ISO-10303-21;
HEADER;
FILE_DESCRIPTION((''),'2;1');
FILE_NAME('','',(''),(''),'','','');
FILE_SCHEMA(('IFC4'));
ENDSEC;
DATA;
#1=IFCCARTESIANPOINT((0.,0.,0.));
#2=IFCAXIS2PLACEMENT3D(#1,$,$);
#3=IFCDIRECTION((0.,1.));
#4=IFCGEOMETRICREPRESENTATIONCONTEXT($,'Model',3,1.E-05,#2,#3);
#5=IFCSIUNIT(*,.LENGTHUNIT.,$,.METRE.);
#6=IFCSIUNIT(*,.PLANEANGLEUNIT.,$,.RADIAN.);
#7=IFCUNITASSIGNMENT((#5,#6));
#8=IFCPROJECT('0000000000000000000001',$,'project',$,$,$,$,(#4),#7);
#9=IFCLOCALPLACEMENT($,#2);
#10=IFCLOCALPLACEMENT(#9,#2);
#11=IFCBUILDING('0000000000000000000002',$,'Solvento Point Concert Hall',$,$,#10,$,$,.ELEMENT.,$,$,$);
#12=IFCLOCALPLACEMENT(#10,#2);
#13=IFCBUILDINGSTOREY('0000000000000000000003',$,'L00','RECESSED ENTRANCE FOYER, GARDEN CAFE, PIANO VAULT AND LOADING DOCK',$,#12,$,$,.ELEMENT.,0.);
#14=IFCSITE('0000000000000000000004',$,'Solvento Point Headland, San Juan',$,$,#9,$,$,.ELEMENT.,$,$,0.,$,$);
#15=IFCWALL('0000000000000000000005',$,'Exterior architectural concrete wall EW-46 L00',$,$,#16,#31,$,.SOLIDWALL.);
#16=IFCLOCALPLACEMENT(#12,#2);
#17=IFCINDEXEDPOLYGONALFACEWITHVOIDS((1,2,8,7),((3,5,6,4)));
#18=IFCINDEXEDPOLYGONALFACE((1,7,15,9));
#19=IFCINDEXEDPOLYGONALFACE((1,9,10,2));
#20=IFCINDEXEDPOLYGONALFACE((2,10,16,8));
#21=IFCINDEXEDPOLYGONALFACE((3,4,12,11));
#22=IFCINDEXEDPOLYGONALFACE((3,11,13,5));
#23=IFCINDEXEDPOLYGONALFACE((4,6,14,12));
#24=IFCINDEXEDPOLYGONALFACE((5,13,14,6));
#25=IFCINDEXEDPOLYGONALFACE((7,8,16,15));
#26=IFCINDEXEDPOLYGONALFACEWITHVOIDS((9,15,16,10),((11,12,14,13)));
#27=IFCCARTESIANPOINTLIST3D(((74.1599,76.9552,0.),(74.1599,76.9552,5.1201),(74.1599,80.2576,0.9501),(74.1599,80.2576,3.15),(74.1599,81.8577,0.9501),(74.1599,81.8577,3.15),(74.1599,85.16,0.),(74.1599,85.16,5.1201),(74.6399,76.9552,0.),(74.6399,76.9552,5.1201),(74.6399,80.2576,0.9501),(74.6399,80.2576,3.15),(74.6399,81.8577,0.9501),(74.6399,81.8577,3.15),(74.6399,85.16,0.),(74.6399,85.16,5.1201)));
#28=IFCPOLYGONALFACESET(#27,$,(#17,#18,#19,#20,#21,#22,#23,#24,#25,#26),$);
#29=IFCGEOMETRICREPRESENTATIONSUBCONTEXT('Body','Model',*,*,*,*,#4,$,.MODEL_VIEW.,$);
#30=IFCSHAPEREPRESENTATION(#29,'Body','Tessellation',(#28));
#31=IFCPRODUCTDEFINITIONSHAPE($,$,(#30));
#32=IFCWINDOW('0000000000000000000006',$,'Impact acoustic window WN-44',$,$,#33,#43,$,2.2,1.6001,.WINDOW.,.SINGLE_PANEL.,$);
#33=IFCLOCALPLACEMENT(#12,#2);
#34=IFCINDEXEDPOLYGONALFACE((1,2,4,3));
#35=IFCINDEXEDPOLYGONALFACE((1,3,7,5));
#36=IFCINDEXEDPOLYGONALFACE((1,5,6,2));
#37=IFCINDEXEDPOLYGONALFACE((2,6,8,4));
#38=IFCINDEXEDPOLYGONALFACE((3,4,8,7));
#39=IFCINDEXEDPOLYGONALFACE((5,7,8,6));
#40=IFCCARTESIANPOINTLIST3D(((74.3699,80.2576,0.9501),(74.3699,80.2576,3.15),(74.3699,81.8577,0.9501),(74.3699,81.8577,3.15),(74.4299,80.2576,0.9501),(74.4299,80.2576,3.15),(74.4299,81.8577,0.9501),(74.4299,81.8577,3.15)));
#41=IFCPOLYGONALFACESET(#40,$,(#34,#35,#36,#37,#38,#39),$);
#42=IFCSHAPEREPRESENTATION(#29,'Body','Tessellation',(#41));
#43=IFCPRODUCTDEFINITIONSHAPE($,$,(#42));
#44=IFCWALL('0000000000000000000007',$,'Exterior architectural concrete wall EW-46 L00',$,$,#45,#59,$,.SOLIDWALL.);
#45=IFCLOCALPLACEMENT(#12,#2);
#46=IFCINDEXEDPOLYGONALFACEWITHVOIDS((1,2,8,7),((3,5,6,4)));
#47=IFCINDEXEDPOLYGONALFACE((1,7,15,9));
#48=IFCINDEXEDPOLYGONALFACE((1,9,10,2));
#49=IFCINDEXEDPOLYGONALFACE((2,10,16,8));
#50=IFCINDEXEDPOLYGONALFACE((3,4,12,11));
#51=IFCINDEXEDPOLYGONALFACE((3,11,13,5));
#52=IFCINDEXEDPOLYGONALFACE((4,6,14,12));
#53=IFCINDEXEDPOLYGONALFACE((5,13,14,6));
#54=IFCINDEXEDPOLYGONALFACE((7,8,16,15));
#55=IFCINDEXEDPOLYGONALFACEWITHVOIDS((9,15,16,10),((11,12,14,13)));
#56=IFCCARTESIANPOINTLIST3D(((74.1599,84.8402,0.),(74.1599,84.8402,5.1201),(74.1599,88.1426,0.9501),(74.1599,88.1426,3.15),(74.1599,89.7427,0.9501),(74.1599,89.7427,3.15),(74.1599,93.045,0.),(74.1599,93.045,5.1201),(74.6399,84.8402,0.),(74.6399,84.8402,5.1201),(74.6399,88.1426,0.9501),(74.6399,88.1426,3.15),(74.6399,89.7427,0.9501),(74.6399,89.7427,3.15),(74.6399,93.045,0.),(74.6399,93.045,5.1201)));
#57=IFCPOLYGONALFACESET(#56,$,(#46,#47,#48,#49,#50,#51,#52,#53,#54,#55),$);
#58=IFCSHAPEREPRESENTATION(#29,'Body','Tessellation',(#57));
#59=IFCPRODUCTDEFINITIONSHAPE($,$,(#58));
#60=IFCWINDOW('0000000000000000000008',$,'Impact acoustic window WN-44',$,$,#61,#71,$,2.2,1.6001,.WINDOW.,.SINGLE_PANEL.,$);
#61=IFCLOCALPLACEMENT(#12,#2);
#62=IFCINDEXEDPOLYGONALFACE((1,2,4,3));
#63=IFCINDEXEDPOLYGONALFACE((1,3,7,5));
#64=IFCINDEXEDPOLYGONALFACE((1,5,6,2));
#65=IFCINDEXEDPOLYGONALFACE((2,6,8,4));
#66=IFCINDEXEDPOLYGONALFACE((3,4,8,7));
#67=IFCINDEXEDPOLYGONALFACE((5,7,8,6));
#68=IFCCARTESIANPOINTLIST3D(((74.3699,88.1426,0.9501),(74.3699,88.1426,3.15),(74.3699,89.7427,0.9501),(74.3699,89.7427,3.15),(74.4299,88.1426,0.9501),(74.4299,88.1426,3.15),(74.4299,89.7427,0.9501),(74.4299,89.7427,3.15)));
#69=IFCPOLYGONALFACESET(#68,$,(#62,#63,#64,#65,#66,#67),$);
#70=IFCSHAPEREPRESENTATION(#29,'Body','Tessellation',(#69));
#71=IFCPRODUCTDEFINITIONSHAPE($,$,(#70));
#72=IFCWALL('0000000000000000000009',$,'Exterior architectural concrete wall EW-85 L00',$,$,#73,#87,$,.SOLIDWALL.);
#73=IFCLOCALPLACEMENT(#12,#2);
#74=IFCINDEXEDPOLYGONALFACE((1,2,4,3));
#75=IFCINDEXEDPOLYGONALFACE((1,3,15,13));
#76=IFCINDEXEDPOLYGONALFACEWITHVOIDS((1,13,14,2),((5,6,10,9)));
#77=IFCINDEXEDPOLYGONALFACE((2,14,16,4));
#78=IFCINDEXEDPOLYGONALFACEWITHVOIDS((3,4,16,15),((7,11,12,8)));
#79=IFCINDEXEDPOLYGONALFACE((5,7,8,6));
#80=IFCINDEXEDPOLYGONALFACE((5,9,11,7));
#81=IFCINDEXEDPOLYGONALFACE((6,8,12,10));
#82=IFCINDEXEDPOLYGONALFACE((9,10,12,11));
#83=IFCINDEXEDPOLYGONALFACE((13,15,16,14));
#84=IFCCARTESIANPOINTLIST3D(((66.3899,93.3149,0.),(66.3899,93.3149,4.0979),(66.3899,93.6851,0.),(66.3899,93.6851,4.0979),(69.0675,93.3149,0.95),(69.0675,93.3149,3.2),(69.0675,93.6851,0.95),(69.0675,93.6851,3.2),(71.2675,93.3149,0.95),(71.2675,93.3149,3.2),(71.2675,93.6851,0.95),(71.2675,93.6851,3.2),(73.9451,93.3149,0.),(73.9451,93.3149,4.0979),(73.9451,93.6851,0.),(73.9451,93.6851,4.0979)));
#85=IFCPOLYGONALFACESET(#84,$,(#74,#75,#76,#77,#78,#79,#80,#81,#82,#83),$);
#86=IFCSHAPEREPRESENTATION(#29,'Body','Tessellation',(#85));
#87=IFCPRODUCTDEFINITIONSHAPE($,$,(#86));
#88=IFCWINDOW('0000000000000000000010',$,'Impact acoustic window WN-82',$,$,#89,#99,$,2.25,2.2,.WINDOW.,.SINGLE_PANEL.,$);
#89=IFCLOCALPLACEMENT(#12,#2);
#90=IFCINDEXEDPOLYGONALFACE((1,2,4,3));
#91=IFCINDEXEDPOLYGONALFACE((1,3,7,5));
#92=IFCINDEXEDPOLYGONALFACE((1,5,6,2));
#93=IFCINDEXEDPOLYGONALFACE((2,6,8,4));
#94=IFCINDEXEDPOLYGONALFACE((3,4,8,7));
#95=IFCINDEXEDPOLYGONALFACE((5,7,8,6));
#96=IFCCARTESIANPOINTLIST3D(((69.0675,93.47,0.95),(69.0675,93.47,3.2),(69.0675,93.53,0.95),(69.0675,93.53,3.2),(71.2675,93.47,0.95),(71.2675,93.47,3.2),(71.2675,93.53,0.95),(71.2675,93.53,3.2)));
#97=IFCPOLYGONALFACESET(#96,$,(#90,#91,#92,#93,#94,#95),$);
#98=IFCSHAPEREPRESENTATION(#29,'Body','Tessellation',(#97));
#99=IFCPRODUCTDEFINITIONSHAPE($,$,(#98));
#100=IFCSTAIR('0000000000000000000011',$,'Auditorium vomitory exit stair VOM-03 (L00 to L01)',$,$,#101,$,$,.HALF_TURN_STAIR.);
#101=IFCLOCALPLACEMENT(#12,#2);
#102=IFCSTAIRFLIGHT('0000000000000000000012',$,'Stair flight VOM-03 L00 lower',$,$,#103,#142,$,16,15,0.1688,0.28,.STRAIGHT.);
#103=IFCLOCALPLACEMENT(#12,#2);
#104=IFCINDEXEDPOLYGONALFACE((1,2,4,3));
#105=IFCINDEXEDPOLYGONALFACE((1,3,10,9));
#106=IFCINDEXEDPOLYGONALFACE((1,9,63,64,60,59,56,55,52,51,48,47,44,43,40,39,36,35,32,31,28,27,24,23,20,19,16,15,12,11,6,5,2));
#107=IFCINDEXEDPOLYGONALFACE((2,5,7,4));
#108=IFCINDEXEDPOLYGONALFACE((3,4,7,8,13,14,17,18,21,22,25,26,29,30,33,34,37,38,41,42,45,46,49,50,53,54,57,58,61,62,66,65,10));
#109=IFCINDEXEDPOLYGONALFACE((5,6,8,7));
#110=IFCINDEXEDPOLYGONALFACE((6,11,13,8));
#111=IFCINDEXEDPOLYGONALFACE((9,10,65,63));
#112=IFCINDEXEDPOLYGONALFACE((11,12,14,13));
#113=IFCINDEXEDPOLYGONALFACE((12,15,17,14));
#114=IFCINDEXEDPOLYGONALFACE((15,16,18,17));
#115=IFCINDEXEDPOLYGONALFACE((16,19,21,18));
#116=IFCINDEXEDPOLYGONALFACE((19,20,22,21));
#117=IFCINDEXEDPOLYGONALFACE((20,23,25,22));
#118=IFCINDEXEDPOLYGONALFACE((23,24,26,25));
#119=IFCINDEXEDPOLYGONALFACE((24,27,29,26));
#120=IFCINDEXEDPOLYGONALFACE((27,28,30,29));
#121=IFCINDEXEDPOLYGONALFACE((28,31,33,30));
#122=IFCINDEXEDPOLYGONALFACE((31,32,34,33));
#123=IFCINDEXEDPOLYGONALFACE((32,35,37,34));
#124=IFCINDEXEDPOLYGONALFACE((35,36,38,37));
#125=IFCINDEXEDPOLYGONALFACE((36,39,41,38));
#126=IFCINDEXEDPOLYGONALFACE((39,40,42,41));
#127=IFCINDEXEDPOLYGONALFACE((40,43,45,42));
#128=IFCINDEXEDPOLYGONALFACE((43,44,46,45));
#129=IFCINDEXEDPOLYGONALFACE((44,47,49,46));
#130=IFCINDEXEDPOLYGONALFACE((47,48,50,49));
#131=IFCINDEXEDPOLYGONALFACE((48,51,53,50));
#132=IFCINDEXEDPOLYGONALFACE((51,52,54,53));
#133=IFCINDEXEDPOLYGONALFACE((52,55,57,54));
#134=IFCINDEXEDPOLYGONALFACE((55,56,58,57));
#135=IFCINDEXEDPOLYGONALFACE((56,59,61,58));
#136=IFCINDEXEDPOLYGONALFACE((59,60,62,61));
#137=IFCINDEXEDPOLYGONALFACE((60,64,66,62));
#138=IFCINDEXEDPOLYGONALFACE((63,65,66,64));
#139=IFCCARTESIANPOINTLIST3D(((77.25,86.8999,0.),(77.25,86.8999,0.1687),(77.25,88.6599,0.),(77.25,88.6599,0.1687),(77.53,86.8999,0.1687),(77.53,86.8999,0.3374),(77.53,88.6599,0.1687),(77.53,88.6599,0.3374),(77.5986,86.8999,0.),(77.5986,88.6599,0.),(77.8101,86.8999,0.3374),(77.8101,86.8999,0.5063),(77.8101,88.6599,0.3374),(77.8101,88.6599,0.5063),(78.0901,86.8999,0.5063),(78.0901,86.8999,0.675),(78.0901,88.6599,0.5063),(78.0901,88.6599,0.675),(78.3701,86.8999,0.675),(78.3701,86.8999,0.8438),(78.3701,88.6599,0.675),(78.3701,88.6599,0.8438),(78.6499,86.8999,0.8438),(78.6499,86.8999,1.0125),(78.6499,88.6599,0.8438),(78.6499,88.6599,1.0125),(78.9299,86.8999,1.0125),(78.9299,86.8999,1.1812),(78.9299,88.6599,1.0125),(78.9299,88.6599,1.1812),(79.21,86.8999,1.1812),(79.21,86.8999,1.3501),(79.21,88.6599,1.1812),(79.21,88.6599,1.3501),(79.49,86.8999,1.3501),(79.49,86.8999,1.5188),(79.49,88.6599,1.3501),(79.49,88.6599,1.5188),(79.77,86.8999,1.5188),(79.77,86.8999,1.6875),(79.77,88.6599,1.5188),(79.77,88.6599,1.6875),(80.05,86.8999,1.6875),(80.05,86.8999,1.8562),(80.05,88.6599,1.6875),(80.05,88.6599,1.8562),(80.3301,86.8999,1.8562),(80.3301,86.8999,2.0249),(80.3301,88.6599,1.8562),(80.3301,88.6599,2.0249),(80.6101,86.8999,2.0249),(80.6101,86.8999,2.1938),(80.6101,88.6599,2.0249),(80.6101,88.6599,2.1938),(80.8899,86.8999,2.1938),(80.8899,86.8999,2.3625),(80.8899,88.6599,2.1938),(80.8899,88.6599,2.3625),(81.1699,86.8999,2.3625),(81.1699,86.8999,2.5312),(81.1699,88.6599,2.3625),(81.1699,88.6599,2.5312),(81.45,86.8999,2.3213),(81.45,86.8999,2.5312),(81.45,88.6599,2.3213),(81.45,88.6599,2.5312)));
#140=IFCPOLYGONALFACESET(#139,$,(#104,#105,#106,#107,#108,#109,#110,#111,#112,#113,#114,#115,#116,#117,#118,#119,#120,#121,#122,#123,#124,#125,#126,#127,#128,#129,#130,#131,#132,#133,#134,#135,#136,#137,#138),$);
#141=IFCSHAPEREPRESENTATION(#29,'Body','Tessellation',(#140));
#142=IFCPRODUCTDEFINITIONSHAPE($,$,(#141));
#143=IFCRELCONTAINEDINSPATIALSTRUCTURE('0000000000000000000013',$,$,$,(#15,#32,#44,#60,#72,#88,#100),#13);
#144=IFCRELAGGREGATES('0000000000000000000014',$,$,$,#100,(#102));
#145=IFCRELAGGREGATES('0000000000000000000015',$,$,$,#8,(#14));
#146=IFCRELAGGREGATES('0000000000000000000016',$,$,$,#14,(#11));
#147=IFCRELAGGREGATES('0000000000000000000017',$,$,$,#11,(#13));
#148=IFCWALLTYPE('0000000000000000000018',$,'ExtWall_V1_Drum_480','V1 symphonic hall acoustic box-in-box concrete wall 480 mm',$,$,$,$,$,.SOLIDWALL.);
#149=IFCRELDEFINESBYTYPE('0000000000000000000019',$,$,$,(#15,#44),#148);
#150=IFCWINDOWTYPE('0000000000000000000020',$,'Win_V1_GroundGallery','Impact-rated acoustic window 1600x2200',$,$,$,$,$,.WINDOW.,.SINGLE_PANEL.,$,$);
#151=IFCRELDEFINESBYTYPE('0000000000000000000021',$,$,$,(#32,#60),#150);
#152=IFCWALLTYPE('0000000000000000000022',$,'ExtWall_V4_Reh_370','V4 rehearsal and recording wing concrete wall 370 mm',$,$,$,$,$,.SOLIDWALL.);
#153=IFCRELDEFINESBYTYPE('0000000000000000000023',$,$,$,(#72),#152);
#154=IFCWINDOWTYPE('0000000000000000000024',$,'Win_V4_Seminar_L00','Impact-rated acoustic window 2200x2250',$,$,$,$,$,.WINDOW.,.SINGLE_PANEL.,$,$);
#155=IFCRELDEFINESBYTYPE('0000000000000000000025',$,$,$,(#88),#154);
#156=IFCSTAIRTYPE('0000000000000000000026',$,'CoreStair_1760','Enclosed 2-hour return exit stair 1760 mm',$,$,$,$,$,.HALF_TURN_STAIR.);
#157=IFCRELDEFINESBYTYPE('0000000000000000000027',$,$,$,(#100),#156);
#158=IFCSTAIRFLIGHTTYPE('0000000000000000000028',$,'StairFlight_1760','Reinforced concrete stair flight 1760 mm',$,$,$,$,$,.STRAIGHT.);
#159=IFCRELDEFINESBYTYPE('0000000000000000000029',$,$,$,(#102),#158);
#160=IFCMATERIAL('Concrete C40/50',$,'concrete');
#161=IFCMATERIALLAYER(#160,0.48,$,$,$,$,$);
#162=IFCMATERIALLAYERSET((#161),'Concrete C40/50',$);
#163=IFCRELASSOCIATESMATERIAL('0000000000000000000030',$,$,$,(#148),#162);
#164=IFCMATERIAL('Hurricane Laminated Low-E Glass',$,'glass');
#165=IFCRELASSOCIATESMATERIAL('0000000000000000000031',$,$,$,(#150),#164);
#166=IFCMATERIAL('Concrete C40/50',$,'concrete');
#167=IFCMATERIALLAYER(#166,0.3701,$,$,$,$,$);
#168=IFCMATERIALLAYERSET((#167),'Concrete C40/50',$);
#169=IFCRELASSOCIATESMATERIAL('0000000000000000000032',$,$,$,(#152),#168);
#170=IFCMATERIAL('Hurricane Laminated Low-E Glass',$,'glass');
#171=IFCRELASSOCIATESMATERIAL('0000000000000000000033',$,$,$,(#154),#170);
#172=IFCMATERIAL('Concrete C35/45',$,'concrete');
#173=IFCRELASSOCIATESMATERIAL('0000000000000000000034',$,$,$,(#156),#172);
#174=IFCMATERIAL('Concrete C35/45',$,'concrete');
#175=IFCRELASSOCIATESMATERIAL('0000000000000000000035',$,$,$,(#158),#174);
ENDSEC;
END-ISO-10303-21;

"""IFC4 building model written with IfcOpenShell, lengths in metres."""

from ifc_helpers import new_model, si_unit, direction, frame, frame_2d, origin, place, context, subcontext, project, spatial, polyline, rectangle, outline, extrude, material, layer, layer_set, type_object, element, fill, aggregate, save


model = new_model("IFC4")

# Units and contexts
model_context = context("Model", 3, precision=1e-05, world=origin(), true_north=direction((0.0, 1.0)))
body_context = subcontext(model_context, "Body", "Model", "MODEL_VIEW")
ifc_project = project(units=[si_unit("LENGTHUNIT", "METRE"), si_unit("PLANEANGLEUNIT", "RADIAN")], contexts=[model_context])

# Site, building, storey
site_placement = place(None, origin())
site = spatial("IfcSite", under=ifc_project, at=site_placement, Name="Solvento Point Headland, San Juan", CompositionType="ELEMENT", RefElevation=0.0)
building_placement = place(site_placement, origin())
building = spatial("IfcBuilding", under=site, at=building_placement, Name="Solvento Point Concert Hall", CompositionType="ELEMENT")
storey_placement = place(building_placement, origin())
storey = spatial("IfcBuildingStorey", under=building, at=storey_placement, Name="L00", Description="RECESSED ENTRANCE FOYER, GARDEN CAFE, PIANO VAULT AND LOADING DOCK", CompositionType="ELEMENT", Elevation=0.0)

# Walls, openings, windows
ifc_material_1 = material(Name="Concrete C40/50", Category="concrete")
ifc_layer_1 = layer(ifc_material_1, 0.48)
ifc_layer_set_1 = layer_set([ifc_layer_1], Name="Concrete C40/50")
wall_type_1 = type_object("IfcWallType", Name="ExtWall_V1_Drum_480", Description="V1 symphonic hall acoustic box-in-box concrete wall 480 mm", PredefinedType="SOLIDWALL", material=ifc_layer_set_1)
wall_1_placement = place(storey_placement, frame((74.3999, 76.9551, 0.0), z_axis=(0.0, 0.0, 1.0), x_axis=(0.0, 1.0, 0.0)))
wall_1 = element("IfcWall", 1, at=wall_1_placement, inside=storey, type_object=wall_type_1, Name="Exterior architectural concrete wall EW-46 L00", PredefinedType="SOLIDWALL", context=body_context, shape_type="SweptSolid", body=[
    extrude(rectangle(XDim=8.2048, YDim=0.48, at=frame_2d((4.1025, 0.0))), origin(), (0.0, 0.0, 1.0), 5.1201),
])
opening_1_placement = place(wall_1_placement, frame((3.3025, 0.0, 0.95)))
opening_1 = element("IfcOpeningElement", 2, at=opening_1_placement, cuts=wall_1, PredefinedType="OPENING", context=body_context, shape_type="SweptSolid", body=[
    extrude(rectangle(XDim=1.6001, YDim=2.2, at=frame_2d((0.8, 1.1001))), frame((0.0, 0.25, 0.0), z_axis=(0.0, -1.0, 0.0), x_axis=(1.0, 0.0, 0.0)), (0.0, 0.0, 1.0), 0.5),
])
ifc_material_2 = material(Name="Hurricane Laminated Low-E Glass", Category="glass")
window_type_1 = type_object("IfcWindowType", Name="Win_V1_GroundGallery", Description="Impact-rated acoustic window 1600x2200", PartitioningType="SINGLE_PANEL", PredefinedType="WINDOW", material=ifc_material_2)
window_1_placement = place(opening_1_placement, origin())
window_1 = element("IfcWindow", 3, at=window_1_placement, inside=storey, type_object=window_type_1, Name="Impact acoustic window WN-44", OverallHeight=2.2, OverallWidth=1.6001, PartitioningType="SINGLE_PANEL", PredefinedType="WINDOW", context=body_context, shape_type="SweptSolid", body=[
    extrude(rectangle(XDim=1.6001, YDim=2.2, at=frame_2d((0.8, 1.1001))), frame((0.0, 0.03, 0.0), z_axis=(0.0, -1.0, 0.0), x_axis=(1.0, 0.0, 0.0)), (0.0, 0.0, 1.0), 0.0601),
])
fill(opening_1, window_1)
wall_2_placement = place(storey_placement, frame((74.3999, 84.8401, 0.0), z_axis=(0.0, 0.0, 1.0), x_axis=(0.0, 1.0, 0.0)))
wall_2 = element("IfcWall", 4, at=wall_2_placement, inside=storey, type_object=wall_type_1, Name="Exterior architectural concrete wall EW-46 L00", PredefinedType="SOLIDWALL", context=body_context, shape_type="SweptSolid", body=[
    extrude(rectangle(XDim=8.2048, YDim=0.48, at=frame_2d((4.1025, 0.0))), origin(), (0.0, 0.0, 1.0), 5.1201),
])
opening_2_placement = place(wall_2_placement, frame((3.3025, 0.0, 0.95)))
opening_2 = element("IfcOpeningElement", 5, at=opening_2_placement, cuts=wall_2, PredefinedType="OPENING", context=body_context, shape_type="SweptSolid", body=[
    extrude(rectangle(XDim=1.6001, YDim=2.2, at=frame_2d((0.8, 1.1001))), frame((0.0, 0.25, 0.0), z_axis=(0.0, -1.0, 0.0), x_axis=(1.0, 0.0, 0.0)), (0.0, 0.0, 1.0), 0.5),
])
window_2_placement = place(opening_2_placement, origin())
window_2 = element("IfcWindow", 6, at=window_2_placement, inside=storey, type_object=window_type_1, Name="Impact acoustic window WN-44", OverallHeight=2.2, OverallWidth=1.6001, PartitioningType="SINGLE_PANEL", PredefinedType="WINDOW", context=body_context, shape_type="SweptSolid", body=[
    extrude(rectangle(XDim=1.6001, YDim=2.2, at=frame_2d((0.8, 1.1001))), frame((0.0, 0.03, 0.0), z_axis=(0.0, -1.0, 0.0), x_axis=(1.0, 0.0, 0.0)), (0.0, 0.0, 1.0), 0.0601),
])
fill(opening_2, window_2)
ifc_material_3 = material(Name="Concrete C40/50", Category="concrete")
ifc_layer_2 = layer(ifc_material_3, 0.3701)
ifc_layer_set_2 = layer_set([ifc_layer_2], Name="Concrete C40/50")
wall_type_2 = type_object("IfcWallType", Name="ExtWall_V4_Reh_370", Description="V4 rehearsal and recording wing concrete wall 370 mm", PredefinedType="SOLIDWALL", material=ifc_layer_set_2)
wall_3_placement = place(storey_placement, frame((73.9451, 93.5, 0.0), z_axis=(0.0, 0.0, 1.0), x_axis=(-1.0, 0.0, 0.0)))
wall_3 = element("IfcWall", 7, at=wall_3_placement, inside=storey, type_object=wall_type_2, Name="Exterior architectural concrete wall EW-85 L00", PredefinedType="SOLIDWALL", context=body_context, shape_type="SweptSolid", body=[
    extrude(rectangle(XDim=7.5552, YDim=0.3701, at=frame_2d((3.7776, 0.0))), origin(), (0.0, 0.0, 1.0), 4.0979),
])
opening_3_placement = place(wall_3_placement, frame((2.6775, 0.0, 0.95)))
opening_3 = element("IfcOpeningElement", 8, at=opening_3_placement, cuts=wall_3, PredefinedType="OPENING", context=body_context, shape_type="SweptSolid", body=[
    extrude(rectangle(XDim=2.2, YDim=2.25, at=frame_2d((1.1001, 1.125))), frame((0.0, 0.1951, 0.0), z_axis=(0.0, -1.0, 0.0), x_axis=(1.0, 0.0, 0.0)), (0.0, 0.0, 1.0), 0.3901),
])
ifc_material_4 = material(Name="Hurricane Laminated Low-E Glass", Category="glass")
window_type_2 = type_object("IfcWindowType", Name="Win_V4_Seminar_L00", Description="Impact-rated acoustic window 2200x2250", PartitioningType="SINGLE_PANEL", PredefinedType="WINDOW", material=ifc_material_4)
window_3_placement = place(opening_3_placement, origin())
window_3 = element("IfcWindow", 9, at=window_3_placement, inside=storey, type_object=window_type_2, Name="Impact acoustic window WN-82", OverallHeight=2.25, OverallWidth=2.2, PartitioningType="SINGLE_PANEL", PredefinedType="WINDOW", context=body_context, shape_type="SweptSolid", body=[
    extrude(rectangle(XDim=2.2, YDim=2.25, at=frame_2d((1.1001, 1.125))), frame((0.0, 0.03, 0.0), z_axis=(0.0, -1.0, 0.0), x_axis=(1.0, 0.0, 0.0)), (0.0, 0.0, 1.0), 0.0601),
])
fill(opening_3, window_3)

# Stair, stair flight
ifc_material_5 = material(Name="Concrete C35/45", Category="concrete")
stair_type = type_object("IfcStairType", Name="CoreStair_1760", Description="Enclosed 2-hour return exit stair 1760 mm", PredefinedType="HALF_TURN_STAIR", material=ifc_material_5)
stair_placement = place(storey_placement, origin())
stair = element("IfcStair", 10, at=stair_placement, inside=storey, type_object=stair_type, Name="Auditorium vomitory exit stair VOM-03 (L00 to L01)", PredefinedType="HALF_TURN_STAIR")
ifc_material_6 = material(Name="Concrete C35/45", Category="concrete")
stair_flight_type = type_object("IfcStairFlightType", Name="StairFlight_1760", Description="Reinforced concrete stair flight 1760 mm", PredefinedType="STRAIGHT", material=ifc_material_6)
stair_flight_1_placement = place(storey_placement, frame((77.25, 87.78, 0.0), z_axis=(0.0, 0.0, 1.0), x_axis=(1.0, 0.0, 0.0)))
stair_flight_1 = element("IfcStairFlight", 11, at=stair_flight_1_placement, type_object=stair_flight_type, Name="Stair flight VOM-03 L00 lower", NumberOfRisers=16, NumberOfTreads=15, PredefinedType="STRAIGHT", RiserHeight=0.1688, TreadLength=0.28, context=body_context, shape_type="SweptSolid", body=[
    extrude(outline(polyline([(0.0, 0.0), (0.0, 0.1687), (0.28, 0.1687), (0.28, 0.3374), (0.5601, 0.3374), (0.5601, 0.5063), (0.8401, 0.5063), (0.8401, 0.675), (1.1201, 0.675), (1.1201, 0.8438), (1.3999, 0.8438), (1.3999, 1.0125), (1.6799, 1.0125), (1.6799, 1.1812), (1.96, 1.1812), (1.96, 1.3501), (2.24, 1.3501), (2.24, 1.5188), (2.52, 1.5188), (2.52, 1.6875), (2.8, 1.6875), (2.8, 1.8562), (3.0801, 1.8562), (3.0801, 2.0249), (3.3601, 2.0249), (3.3601, 2.1938), (3.6399, 2.1938), (3.6399, 2.3625), (3.9199, 2.3625), (3.9199, 2.5312), (4.2, 2.5312), (4.2, 2.7), (4.2, 2.3213), (0.3486, 0.0), (0.0, 0.0)])), frame((0.0, 0.8799, 0.0), z_axis=(0.0, -1.0, 0.0), x_axis=(1.0, 0.0, 0.0)), (0.0, 0.0, 1.0), 1.76),
])
aggregate(stair, [stair_flight_1])

save(model, "model.ifc")
